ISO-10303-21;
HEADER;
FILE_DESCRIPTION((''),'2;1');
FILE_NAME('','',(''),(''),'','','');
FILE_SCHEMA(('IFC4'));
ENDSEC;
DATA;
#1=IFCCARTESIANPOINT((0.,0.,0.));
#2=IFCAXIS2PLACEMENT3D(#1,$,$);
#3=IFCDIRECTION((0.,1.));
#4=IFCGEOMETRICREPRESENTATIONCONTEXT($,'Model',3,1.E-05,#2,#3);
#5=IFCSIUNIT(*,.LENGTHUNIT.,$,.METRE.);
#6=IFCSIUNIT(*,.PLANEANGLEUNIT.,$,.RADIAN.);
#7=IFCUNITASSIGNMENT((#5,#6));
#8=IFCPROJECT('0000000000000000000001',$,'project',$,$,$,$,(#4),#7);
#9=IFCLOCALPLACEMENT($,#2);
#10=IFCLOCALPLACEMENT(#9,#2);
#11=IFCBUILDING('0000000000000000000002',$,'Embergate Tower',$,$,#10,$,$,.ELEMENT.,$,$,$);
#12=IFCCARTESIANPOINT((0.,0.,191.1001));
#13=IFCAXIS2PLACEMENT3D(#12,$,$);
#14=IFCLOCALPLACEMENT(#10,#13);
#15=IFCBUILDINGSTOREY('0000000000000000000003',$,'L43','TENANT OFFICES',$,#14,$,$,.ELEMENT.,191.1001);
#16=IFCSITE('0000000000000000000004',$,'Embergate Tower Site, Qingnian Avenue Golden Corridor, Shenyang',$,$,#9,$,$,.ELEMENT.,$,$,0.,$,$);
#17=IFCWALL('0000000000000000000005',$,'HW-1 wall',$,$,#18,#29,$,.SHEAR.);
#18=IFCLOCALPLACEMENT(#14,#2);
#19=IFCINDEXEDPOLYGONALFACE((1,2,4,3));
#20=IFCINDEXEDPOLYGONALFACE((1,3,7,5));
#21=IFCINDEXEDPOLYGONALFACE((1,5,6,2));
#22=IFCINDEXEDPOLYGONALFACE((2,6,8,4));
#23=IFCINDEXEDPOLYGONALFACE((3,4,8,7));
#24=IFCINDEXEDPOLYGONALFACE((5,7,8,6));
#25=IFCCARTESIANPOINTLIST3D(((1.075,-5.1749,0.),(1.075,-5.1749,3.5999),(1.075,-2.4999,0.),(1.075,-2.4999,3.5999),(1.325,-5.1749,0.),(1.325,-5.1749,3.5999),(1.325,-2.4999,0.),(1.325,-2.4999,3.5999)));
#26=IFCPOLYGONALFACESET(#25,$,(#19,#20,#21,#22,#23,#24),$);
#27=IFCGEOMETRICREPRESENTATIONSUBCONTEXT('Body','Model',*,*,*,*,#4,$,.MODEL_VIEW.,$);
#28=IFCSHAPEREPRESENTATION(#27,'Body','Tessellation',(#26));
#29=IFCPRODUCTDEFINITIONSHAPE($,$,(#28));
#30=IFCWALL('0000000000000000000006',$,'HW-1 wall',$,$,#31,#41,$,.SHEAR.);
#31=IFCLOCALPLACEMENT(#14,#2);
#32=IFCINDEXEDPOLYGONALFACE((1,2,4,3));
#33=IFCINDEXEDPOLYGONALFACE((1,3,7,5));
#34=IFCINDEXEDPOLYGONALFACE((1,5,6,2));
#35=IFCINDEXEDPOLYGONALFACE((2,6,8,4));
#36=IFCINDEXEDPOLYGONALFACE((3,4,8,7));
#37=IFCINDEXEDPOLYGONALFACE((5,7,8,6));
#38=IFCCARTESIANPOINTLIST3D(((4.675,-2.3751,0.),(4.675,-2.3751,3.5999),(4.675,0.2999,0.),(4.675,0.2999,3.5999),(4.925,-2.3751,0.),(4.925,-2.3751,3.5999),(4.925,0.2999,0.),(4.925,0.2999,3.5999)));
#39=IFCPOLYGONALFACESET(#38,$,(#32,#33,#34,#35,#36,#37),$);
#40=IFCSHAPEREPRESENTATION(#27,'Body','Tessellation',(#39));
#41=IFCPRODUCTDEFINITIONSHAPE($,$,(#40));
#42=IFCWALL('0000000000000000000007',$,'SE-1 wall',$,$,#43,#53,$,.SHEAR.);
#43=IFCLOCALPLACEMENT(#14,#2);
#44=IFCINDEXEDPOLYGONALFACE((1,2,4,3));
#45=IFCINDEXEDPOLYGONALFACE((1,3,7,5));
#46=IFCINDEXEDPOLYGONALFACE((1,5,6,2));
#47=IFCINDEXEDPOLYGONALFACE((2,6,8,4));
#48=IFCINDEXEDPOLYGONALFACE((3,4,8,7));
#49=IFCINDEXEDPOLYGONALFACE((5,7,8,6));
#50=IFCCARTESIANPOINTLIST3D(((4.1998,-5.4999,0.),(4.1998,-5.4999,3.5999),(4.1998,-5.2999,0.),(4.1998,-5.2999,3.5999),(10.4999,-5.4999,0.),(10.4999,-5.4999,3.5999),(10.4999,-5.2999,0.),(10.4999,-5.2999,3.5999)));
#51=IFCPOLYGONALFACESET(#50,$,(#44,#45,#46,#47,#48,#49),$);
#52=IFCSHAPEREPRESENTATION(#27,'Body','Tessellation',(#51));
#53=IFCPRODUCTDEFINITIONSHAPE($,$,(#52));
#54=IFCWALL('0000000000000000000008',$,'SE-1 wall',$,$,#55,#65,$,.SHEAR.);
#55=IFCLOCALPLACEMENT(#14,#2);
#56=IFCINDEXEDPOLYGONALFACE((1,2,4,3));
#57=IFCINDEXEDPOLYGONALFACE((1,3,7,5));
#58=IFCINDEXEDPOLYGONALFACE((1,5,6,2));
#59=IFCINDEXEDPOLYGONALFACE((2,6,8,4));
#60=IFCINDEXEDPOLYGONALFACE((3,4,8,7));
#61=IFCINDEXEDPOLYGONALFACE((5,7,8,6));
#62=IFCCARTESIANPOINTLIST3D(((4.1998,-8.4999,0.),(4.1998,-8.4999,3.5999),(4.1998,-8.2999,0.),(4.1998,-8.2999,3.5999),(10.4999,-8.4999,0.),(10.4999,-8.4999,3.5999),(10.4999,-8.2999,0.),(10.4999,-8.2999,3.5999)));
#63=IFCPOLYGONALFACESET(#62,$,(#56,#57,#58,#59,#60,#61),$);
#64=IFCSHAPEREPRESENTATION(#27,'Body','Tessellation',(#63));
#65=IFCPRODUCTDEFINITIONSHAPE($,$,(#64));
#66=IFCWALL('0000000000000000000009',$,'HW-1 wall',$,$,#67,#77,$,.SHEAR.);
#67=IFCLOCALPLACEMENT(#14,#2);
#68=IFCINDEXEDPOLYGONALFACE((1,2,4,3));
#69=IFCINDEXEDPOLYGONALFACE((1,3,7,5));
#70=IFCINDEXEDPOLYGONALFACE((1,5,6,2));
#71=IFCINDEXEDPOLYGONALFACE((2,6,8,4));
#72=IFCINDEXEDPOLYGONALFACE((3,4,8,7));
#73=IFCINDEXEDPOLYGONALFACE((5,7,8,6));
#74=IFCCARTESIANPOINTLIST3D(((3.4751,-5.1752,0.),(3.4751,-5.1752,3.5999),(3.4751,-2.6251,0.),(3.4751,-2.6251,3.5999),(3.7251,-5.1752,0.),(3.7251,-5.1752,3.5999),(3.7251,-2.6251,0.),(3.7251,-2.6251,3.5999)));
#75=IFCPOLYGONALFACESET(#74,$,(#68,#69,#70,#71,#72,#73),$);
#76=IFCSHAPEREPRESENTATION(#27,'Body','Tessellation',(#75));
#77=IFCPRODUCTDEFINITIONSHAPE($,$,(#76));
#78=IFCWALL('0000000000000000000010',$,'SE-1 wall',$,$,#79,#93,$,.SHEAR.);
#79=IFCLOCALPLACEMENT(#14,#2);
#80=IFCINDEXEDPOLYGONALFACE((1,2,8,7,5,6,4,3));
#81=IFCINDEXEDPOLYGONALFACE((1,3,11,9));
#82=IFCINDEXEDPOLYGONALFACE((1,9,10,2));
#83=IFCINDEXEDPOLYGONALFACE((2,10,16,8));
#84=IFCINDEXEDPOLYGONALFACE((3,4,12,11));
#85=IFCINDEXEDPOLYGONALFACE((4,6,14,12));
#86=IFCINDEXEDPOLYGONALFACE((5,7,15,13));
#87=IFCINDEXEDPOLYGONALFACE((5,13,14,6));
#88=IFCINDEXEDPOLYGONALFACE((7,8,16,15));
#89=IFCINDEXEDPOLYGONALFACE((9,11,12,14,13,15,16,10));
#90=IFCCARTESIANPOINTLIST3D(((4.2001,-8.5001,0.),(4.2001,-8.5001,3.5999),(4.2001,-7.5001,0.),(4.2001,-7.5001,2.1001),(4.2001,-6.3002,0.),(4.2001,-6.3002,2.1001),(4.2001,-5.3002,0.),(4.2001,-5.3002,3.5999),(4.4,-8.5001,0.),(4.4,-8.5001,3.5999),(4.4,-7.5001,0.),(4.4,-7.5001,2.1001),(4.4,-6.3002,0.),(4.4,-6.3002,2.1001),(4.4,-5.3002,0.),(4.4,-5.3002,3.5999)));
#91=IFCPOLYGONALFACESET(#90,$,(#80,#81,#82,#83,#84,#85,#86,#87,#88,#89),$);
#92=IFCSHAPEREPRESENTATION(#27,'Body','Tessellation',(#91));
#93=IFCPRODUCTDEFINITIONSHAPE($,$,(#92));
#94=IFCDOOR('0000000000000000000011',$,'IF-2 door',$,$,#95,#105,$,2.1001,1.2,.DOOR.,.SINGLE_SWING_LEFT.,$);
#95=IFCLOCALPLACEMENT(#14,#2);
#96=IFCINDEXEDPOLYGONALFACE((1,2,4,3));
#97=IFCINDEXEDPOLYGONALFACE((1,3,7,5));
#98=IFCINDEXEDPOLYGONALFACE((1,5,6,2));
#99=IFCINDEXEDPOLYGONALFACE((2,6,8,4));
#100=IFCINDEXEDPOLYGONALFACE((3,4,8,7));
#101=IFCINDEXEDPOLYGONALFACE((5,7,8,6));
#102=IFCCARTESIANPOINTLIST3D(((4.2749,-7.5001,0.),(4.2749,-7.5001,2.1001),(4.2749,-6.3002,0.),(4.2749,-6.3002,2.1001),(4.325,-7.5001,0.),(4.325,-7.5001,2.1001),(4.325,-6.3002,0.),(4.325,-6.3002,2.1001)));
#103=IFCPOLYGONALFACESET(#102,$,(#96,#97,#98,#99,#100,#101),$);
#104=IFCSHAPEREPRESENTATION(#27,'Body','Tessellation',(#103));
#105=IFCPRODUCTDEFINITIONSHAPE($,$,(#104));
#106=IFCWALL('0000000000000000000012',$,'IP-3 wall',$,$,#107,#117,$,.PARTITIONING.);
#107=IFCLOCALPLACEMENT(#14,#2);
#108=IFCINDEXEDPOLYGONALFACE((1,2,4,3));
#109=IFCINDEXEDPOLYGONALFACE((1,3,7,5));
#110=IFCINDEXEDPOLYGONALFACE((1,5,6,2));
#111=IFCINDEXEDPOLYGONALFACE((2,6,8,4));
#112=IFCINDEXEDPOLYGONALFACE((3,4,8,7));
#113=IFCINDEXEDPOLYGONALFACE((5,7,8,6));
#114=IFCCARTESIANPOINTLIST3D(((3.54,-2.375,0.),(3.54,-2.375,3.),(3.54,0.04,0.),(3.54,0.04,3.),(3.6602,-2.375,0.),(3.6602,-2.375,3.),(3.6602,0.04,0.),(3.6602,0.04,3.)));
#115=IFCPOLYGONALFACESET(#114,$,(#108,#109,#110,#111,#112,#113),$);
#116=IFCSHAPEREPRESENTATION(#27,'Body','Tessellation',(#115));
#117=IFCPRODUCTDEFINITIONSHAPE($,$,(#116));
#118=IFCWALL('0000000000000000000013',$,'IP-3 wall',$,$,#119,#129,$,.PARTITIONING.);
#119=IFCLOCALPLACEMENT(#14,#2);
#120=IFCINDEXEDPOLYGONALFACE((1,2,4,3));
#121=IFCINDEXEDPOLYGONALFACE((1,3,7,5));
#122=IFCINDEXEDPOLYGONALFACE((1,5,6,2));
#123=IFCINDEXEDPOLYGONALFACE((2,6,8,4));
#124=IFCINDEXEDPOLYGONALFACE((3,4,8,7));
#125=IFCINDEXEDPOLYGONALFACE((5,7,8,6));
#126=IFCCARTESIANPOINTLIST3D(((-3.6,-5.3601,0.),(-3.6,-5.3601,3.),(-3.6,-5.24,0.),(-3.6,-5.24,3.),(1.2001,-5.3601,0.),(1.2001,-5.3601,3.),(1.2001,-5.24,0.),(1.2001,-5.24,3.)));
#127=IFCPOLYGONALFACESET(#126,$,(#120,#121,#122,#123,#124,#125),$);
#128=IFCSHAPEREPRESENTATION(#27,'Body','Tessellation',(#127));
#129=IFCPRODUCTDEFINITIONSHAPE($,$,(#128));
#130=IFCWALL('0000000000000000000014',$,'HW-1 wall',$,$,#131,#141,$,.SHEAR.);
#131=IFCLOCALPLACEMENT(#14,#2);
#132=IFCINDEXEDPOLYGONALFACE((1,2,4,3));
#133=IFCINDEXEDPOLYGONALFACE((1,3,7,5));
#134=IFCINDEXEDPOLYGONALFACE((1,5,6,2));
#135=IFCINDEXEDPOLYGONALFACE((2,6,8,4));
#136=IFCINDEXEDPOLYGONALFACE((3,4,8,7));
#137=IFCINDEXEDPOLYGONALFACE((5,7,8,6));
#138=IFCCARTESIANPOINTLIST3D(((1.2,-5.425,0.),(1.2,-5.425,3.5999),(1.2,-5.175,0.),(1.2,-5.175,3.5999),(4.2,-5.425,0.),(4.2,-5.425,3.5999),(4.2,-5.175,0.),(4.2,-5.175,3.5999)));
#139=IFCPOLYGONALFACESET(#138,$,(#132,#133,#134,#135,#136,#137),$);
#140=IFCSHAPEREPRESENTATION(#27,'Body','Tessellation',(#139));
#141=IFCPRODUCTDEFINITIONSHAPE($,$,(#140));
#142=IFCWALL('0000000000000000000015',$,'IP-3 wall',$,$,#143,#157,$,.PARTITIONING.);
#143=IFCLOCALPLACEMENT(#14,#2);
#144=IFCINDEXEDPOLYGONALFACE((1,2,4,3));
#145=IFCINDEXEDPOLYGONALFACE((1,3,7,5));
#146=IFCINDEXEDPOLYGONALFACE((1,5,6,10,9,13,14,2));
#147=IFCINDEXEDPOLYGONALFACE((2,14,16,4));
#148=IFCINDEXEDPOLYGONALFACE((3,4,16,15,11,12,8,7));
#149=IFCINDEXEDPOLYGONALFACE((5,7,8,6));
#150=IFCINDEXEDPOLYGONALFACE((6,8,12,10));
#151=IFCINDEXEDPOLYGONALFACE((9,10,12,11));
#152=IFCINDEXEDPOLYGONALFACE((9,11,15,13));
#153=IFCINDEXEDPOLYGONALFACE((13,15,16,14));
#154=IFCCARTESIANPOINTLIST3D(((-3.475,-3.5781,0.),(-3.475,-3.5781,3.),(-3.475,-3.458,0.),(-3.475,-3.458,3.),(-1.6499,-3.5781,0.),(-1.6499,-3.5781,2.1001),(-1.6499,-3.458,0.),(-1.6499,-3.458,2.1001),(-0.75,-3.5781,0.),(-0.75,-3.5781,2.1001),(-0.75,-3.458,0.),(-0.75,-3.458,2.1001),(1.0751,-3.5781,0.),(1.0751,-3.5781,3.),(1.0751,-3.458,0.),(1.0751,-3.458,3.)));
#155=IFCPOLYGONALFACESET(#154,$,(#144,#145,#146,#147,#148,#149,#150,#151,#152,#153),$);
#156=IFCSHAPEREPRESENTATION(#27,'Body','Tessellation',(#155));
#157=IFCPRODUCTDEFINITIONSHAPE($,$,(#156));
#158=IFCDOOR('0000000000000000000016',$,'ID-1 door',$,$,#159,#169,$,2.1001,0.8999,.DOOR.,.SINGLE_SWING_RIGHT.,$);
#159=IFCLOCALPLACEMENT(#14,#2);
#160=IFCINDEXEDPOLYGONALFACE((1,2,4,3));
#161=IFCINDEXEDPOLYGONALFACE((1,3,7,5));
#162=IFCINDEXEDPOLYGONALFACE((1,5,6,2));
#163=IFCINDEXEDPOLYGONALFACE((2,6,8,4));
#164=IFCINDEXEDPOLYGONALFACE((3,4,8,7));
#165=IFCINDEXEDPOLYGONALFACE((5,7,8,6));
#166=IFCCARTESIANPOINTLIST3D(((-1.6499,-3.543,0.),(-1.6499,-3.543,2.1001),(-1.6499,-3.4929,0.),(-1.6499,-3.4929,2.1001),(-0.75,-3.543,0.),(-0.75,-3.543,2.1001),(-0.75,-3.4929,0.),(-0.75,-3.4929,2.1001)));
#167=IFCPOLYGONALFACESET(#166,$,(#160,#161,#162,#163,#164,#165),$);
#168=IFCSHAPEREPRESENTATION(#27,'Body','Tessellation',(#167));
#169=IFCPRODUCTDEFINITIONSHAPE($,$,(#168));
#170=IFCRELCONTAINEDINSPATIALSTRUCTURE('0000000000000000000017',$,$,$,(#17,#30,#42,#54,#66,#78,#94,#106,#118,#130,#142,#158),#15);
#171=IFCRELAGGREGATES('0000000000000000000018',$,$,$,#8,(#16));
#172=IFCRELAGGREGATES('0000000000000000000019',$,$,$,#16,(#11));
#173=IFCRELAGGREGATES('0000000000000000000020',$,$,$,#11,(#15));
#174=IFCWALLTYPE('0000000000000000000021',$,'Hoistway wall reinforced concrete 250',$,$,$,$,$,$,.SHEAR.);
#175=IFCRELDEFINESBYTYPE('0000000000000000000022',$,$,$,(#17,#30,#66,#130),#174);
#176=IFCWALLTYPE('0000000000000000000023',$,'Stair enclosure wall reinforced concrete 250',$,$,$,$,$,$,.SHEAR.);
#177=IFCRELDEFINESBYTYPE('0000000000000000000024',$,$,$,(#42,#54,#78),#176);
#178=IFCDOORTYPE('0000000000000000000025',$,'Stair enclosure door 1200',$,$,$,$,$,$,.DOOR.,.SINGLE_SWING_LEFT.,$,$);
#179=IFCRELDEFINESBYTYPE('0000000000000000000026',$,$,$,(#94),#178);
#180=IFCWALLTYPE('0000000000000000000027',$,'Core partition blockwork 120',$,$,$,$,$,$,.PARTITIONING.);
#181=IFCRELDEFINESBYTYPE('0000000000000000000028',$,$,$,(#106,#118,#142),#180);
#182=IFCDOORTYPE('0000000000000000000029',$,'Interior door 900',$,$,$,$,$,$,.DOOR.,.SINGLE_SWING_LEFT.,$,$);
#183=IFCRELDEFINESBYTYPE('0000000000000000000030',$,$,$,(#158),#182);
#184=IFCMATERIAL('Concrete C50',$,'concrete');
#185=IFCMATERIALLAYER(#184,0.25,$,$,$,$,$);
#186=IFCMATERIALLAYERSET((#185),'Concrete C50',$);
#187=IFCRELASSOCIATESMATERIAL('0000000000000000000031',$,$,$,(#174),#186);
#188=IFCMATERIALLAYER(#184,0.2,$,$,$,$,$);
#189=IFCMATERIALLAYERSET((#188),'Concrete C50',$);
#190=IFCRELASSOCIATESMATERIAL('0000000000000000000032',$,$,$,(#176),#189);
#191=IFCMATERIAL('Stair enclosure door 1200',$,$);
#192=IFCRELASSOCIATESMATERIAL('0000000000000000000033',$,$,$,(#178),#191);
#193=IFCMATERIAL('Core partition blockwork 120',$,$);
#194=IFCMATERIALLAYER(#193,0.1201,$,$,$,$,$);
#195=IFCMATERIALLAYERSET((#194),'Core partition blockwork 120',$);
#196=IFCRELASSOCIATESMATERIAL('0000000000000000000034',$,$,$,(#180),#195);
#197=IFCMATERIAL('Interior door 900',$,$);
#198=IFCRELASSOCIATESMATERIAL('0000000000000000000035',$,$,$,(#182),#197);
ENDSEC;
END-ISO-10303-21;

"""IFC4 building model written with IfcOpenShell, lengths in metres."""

from ifc_helpers import new_model, si_unit, direction, frame, frame_2d, origin, place, context, subcontext, project, spatial, rectangle, extrude, source, transform, mapped, material, layer, layer_set, type_object, element, fill, save


model = new_model("IFC4")

# Units and contexts
model_context = context("Model", 3, precision=1e-05, world=origin(), true_north=direction((0.0, 1.0)))
body_context = subcontext(model_context, "Body", "Model", "MODEL_VIEW")
ifc_project = project(units=[si_unit("LENGTHUNIT", "METRE"), si_unit("PLANEANGLEUNIT", "RADIAN")], contexts=[model_context])

# Site, building, storey
site_placement = place(None, origin())
site = spatial("IfcSite", under=ifc_project, at=site_placement, Name="Embergate Tower Site, Qingnian Avenue Golden Corridor, Shenyang", CompositionType="ELEMENT", RefElevation=0.0)
building_placement = place(site_placement, origin())
building = spatial("IfcBuilding", under=site, at=building_placement, Name="Embergate Tower", CompositionType="ELEMENT")
storey_placement = place(building_placement, frame((0.0, 0.0, 191.1001)))
storey = spatial("IfcBuildingStorey", under=building, at=storey_placement, Name="L43", Description="TENANT OFFICES", CompositionType="ELEMENT", Elevation=191.1001)

# Walls
ifc_material_1 = material(Name="Concrete C50", Category="concrete")
ifc_layer_1 = layer(ifc_material_1, 0.25)
ifc_layer_set_1 = layer_set([ifc_layer_1], Name="Concrete C50")
wall_type_1 = type_object("IfcWallType", Name="Hoistway wall reinforced concrete 250", PredefinedType="SHEAR", material=ifc_layer_set_1)
shared_shape_1 = source(origin(), body_context, "Body", "SweptSolid", [
    extrude(rectangle(XDim=2.675, YDim=0.25, at=frame_2d((1.3374, 0.0))), origin(), (0.0, 0.0, 1.0), 3.5999),
])
for number, where, z_axis, x_axis, name in (
    (1, (1.2, -2.5, 0.0), (0.0, 0.0, 1.0), (0.0, -1.0, 0.0), "HW-1 wall"),
    (2, (4.8, -2.375, 0.0), (0.0, 0.0, 1.0), (0.0, 1.0, 0.0), "HW-1 wall"),
):
    element("IfcWall", number, at=place(storey_placement, frame(where, z_axis=z_axis, x_axis=x_axis)), inside=storey, type_object=wall_type_1, Name=name, PredefinedType="SHEAR", context=body_context, shape_type="MappedRepresentation", body=[
        mapped(shared_shape_1, transform((0.0, 0.0, 0.0))),
    ])
ifc_layer_2 = layer(ifc_material_1, 0.2)
ifc_layer_set_2 = layer_set([ifc_layer_2], Name="Concrete C50")
wall_type_2 = type_object("IfcWallType", Name="Stair enclosure wall reinforced concrete 250", PredefinedType="SHEAR", material=ifc_layer_set_2)
shared_shape_2 = source(origin(), body_context, "Body", "SweptSolid", [
    extrude(rectangle(XDim=6.3, YDim=0.2, at=frame_2d((3.1499, 0.0))), origin(), (0.0, 0.0, 1.0), 3.5999),
])
for number, where, z_axis, x_axis, name in (
    (3, (4.2, -5.3999, 0.0), (0.0, 0.0, 1.0), (1.0, 0.0, 0.0), "SE-1 wall"),
    (4, (4.2, -8.3999, 0.0), (0.0, 0.0, 1.0), (1.0, 0.0, 0.0), "SE-1 wall"),
):
    element("IfcWall", number, at=place(storey_placement, frame(where, z_axis=z_axis, x_axis=x_axis)), inside=storey, type_object=wall_type_2, Name=name, PredefinedType="SHEAR", context=body_context, shape_type="MappedRepresentation", body=[
        mapped(shared_shape_2, transform((0.0, 0.0, 0.0))),
    ])
shared_shape_3 = source(origin(), body_context, "Body", "SweptSolid", [
    extrude(rectangle(XDim=2.55, YDim=0.25, at=frame_2d((1.2749, 0.0))), origin(), (0.0, 0.0, 1.0), 3.5999),
])
wall_1_placement = place(storey_placement, frame((3.6001, -5.175, 0.0), z_axis=(0.0, 0.0, 1.0), x_axis=(0.0, 1.0, 0.0)))
element("IfcWall", 5, at=wall_1_placement, inside=storey, type_object=wall_type_1, Name="HW-1 wall", PredefinedType="SHEAR", context=body_context, shape_type="MappedRepresentation", body=[
    mapped(shared_shape_3, transform((0.0, 0.0, 0.0))),
])

# Wall, opening, door
shared_shape_4 = source(origin(), body_context, "Body", "SweptSolid", [
    extrude(rectangle(XDim=3.2, YDim=0.2, at=frame_2d((1.6001, 0.0))), origin(), (0.0, 0.0, 1.0), 3.5999),
])
wall_2_placement = place(storey_placement, frame((4.3, -5.3, 0.0), z_axis=(0.0, 0.0, 1.0), x_axis=(0.0, -1.0, 0.0)))
wall_2 = element("IfcWall", 6, at=wall_2_placement, inside=storey, type_object=wall_type_2, Name="SE-1 wall", PredefinedType="SHEAR", context=body_context, shape_type="MappedRepresentation", body=[
    mapped(shared_shape_4, transform((0.0, 0.0, 0.0))),
])
shared_shape_5 = source(origin(), body_context, "Body", "SweptSolid", [
    extrude(rectangle(XDim=1.2, YDim=2.1001, at=frame_2d((0.6001, 1.05))), frame((0.0, 0.1099, 0.0), z_axis=(0.0, -1.0, 0.0), x_axis=(1.0, 0.0, 0.0)), (0.0, 0.0, 1.0), 0.22),
])
opening_1_placement = place(wall_2_placement, frame((1.0, 0.0, 0.0)))
opening_1 = element("IfcOpeningElement", 7, at=opening_1_placement, cuts=wall_2, PredefinedType="OPENING", context=body_context, shape_type="MappedRepresentation", body=[
    mapped(shared_shape_5, transform((0.0, 0.0, 0.0))),
])
ifc_material_2 = material(Name="Stair enclosure door 1200")
door_type_1 = type_object("IfcDoorType", Name="Stair enclosure door 1200", OperationType="SINGLE_SWING_LEFT", PredefinedType="DOOR", material=ifc_material_2)
shared_shape_6 = source(origin(), body_context, "Body", "SweptSolid", [
    extrude(rectangle(XDim=1.2, YDim=2.1001, at=frame_2d((0.6001, 1.05))), frame((0.0, 0.0249, 0.0), z_axis=(0.0, -1.0, 0.0), x_axis=(1.0, 0.0, 0.0)), (0.0, 0.0, 1.0), 0.05),
])
door_1_placement = place(opening_1_placement, origin())
door_1 = element("IfcDoor", 8, at=door_1_placement, inside=storey, type_object=door_type_1, Name="IF-2 door", OperationType="SINGLE_SWING_LEFT", OverallHeight=2.1001, OverallWidth=1.2, PredefinedType="DOOR", context=body_context, shape_type="MappedRepresentation", body=[
    mapped(shared_shape_6, transform((0.0, 0.0, 0.0))),
])
fill(opening_1, door_1)

# Walls
ifc_material_3 = material(Name="Core partition blockwork 120")
ifc_layer_3 = layer(ifc_material_3, 0.1201)
ifc_layer_set_3 = layer_set([ifc_layer_3], Name="Core partition blockwork 120")
wall_type_3 = type_object("IfcWallType", Name="Core partition blockwork 120", PredefinedType="PARTITIONING", material=ifc_layer_set_3)
shared_shape_7 = source(origin(), body_context, "Body", "SweptSolid", [
    extrude(rectangle(XDim=2.415, YDim=0.1201, at=frame_2d((1.2075, 0.0))), origin(), (0.0, 0.0, 1.0), 3.0),
])
wall_3_placement = place(storey_placement, frame((3.6001, -2.375, 0.0), z_axis=(0.0, 0.0, 1.0), x_axis=(0.0, 1.0, 0.0)))
element("IfcWall", 9, at=wall_3_placement, inside=storey, type_object=wall_type_3, Name="IP-3 wall", PredefinedType="PARTITIONING", context=body_context, shape_type="MappedRepresentation", body=[
    mapped(shared_shape_7, transform((0.0, 0.0, 0.0))),
])
shared_shape_8 = source(origin(), body_context, "Body", "SweptSolid", [
    extrude(rectangle(XDim=4.8, YDim=0.1201, at=frame_2d((2.3999, 0.0))), origin(), (0.0, 0.0, 1.0), 3.0),
])
wall_4_placement = place(storey_placement, frame((1.2, -5.3, 0.0), z_axis=(0.0, 0.0, 1.0), x_axis=(-1.0, 0.0, 0.0)))
element("IfcWall", 10, at=wall_4_placement, inside=storey, type_object=wall_type_3, Name="IP-3 wall", PredefinedType="PARTITIONING", context=body_context, shape_type="MappedRepresentation", body=[
    mapped(shared_shape_8, transform((0.0, 0.0, 0.0))),
])
shared_shape_9 = source(origin(), body_context, "Body", "SweptSolid", [
    extrude(rectangle(XDim=3.0, YDim=0.25, at=frame_2d((1.5, 0.0))), origin(), (0.0, 0.0, 1.0), 3.5999),
])
wall_5_placement = place(storey_placement, frame((1.2, -5.3, 0.0), z_axis=(0.0, 0.0, 1.0), x_axis=(1.0, 0.0, 0.0)))
element("IfcWall", 11, at=wall_5_placement, inside=storey, type_object=wall_type_1, Name="HW-1 wall", PredefinedType="SHEAR", context=body_context, shape_type="MappedRepresentation", body=[
    mapped(shared_shape_9, transform((0.0, 0.0, 0.0))),
])

# Wall, opening, door
shared_shape_10 = source(origin(), body_context, "Body", "SweptSolid", [
    extrude(rectangle(XDim=4.55, YDim=0.1201, at=frame_2d((2.2749, 0.0))), origin(), (0.0, 0.0, 1.0), 3.0),
])
wall_6_placement = place(storey_placement, frame((1.075, -3.5181, 0.0), z_axis=(0.0, 0.0, 1.0), x_axis=(-1.0, 0.0, 0.0)))
wall_6 = element("IfcWall", 12, at=wall_6_placement, inside=storey, type_object=wall_type_3, Name="IP-3 wall", PredefinedType="PARTITIONING", context=body_context, shape_type="MappedRepresentation", body=[
    mapped(shared_shape_10, transform((0.0, 0.0, 0.0))),
])
shared_shape_11 = source(origin(), body_context, "Body", "SweptSolid", [
    extrude(rectangle(XDim=0.8999, YDim=2.1001, at=frame_2d((0.45, 1.05))), frame((0.0, 0.0701, 0.0), z_axis=(0.0, -1.0, 0.0), x_axis=(1.0, 0.0, 0.0)), (0.0, 0.0, 1.0), 0.1401),
])
opening_2_placement = place(wall_6_placement, frame((1.825, 0.0, 0.0)))
opening_2 = element("IfcOpeningElement", 13, at=opening_2_placement, cuts=wall_6, PredefinedType="OPENING", context=body_context, shape_type="MappedRepresentation", body=[
    mapped(shared_shape_11, transform((0.0, 0.0, 0.0))),
])
ifc_material_4 = material(Name="Interior door 900")
door_type_2 = type_object("IfcDoorType", Name="Interior door 900", OperationType="SINGLE_SWING_LEFT", PredefinedType="DOOR", material=ifc_material_4)
shared_shape_12 = source(origin(), body_context, "Body", "SweptSolid", [
    extrude(rectangle(XDim=0.8999, YDim=2.1001, at=frame_2d((0.45, 1.05))), frame((0.0, 0.0249, 0.0), z_axis=(0.0, -1.0, 0.0), x_axis=(1.0, 0.0, 0.0)), (0.0, 0.0, 1.0), 0.05),
])
door_2_placement = place(opening_2_placement, origin())
door_2 = element("IfcDoor", 14, at=door_2_placement, inside=storey, type_object=door_type_2, Name="ID-1 door", OperationType="SINGLE_SWING_RIGHT", OverallHeight=2.1001, OverallWidth=0.8999, PredefinedType="DOOR", context=body_context, shape_type="MappedRepresentation", body=[
    mapped(shared_shape_12, transform((0.0, 0.0, 0.0))),
])
fill(opening_2, door_2)

save(model, "model.ifc")
